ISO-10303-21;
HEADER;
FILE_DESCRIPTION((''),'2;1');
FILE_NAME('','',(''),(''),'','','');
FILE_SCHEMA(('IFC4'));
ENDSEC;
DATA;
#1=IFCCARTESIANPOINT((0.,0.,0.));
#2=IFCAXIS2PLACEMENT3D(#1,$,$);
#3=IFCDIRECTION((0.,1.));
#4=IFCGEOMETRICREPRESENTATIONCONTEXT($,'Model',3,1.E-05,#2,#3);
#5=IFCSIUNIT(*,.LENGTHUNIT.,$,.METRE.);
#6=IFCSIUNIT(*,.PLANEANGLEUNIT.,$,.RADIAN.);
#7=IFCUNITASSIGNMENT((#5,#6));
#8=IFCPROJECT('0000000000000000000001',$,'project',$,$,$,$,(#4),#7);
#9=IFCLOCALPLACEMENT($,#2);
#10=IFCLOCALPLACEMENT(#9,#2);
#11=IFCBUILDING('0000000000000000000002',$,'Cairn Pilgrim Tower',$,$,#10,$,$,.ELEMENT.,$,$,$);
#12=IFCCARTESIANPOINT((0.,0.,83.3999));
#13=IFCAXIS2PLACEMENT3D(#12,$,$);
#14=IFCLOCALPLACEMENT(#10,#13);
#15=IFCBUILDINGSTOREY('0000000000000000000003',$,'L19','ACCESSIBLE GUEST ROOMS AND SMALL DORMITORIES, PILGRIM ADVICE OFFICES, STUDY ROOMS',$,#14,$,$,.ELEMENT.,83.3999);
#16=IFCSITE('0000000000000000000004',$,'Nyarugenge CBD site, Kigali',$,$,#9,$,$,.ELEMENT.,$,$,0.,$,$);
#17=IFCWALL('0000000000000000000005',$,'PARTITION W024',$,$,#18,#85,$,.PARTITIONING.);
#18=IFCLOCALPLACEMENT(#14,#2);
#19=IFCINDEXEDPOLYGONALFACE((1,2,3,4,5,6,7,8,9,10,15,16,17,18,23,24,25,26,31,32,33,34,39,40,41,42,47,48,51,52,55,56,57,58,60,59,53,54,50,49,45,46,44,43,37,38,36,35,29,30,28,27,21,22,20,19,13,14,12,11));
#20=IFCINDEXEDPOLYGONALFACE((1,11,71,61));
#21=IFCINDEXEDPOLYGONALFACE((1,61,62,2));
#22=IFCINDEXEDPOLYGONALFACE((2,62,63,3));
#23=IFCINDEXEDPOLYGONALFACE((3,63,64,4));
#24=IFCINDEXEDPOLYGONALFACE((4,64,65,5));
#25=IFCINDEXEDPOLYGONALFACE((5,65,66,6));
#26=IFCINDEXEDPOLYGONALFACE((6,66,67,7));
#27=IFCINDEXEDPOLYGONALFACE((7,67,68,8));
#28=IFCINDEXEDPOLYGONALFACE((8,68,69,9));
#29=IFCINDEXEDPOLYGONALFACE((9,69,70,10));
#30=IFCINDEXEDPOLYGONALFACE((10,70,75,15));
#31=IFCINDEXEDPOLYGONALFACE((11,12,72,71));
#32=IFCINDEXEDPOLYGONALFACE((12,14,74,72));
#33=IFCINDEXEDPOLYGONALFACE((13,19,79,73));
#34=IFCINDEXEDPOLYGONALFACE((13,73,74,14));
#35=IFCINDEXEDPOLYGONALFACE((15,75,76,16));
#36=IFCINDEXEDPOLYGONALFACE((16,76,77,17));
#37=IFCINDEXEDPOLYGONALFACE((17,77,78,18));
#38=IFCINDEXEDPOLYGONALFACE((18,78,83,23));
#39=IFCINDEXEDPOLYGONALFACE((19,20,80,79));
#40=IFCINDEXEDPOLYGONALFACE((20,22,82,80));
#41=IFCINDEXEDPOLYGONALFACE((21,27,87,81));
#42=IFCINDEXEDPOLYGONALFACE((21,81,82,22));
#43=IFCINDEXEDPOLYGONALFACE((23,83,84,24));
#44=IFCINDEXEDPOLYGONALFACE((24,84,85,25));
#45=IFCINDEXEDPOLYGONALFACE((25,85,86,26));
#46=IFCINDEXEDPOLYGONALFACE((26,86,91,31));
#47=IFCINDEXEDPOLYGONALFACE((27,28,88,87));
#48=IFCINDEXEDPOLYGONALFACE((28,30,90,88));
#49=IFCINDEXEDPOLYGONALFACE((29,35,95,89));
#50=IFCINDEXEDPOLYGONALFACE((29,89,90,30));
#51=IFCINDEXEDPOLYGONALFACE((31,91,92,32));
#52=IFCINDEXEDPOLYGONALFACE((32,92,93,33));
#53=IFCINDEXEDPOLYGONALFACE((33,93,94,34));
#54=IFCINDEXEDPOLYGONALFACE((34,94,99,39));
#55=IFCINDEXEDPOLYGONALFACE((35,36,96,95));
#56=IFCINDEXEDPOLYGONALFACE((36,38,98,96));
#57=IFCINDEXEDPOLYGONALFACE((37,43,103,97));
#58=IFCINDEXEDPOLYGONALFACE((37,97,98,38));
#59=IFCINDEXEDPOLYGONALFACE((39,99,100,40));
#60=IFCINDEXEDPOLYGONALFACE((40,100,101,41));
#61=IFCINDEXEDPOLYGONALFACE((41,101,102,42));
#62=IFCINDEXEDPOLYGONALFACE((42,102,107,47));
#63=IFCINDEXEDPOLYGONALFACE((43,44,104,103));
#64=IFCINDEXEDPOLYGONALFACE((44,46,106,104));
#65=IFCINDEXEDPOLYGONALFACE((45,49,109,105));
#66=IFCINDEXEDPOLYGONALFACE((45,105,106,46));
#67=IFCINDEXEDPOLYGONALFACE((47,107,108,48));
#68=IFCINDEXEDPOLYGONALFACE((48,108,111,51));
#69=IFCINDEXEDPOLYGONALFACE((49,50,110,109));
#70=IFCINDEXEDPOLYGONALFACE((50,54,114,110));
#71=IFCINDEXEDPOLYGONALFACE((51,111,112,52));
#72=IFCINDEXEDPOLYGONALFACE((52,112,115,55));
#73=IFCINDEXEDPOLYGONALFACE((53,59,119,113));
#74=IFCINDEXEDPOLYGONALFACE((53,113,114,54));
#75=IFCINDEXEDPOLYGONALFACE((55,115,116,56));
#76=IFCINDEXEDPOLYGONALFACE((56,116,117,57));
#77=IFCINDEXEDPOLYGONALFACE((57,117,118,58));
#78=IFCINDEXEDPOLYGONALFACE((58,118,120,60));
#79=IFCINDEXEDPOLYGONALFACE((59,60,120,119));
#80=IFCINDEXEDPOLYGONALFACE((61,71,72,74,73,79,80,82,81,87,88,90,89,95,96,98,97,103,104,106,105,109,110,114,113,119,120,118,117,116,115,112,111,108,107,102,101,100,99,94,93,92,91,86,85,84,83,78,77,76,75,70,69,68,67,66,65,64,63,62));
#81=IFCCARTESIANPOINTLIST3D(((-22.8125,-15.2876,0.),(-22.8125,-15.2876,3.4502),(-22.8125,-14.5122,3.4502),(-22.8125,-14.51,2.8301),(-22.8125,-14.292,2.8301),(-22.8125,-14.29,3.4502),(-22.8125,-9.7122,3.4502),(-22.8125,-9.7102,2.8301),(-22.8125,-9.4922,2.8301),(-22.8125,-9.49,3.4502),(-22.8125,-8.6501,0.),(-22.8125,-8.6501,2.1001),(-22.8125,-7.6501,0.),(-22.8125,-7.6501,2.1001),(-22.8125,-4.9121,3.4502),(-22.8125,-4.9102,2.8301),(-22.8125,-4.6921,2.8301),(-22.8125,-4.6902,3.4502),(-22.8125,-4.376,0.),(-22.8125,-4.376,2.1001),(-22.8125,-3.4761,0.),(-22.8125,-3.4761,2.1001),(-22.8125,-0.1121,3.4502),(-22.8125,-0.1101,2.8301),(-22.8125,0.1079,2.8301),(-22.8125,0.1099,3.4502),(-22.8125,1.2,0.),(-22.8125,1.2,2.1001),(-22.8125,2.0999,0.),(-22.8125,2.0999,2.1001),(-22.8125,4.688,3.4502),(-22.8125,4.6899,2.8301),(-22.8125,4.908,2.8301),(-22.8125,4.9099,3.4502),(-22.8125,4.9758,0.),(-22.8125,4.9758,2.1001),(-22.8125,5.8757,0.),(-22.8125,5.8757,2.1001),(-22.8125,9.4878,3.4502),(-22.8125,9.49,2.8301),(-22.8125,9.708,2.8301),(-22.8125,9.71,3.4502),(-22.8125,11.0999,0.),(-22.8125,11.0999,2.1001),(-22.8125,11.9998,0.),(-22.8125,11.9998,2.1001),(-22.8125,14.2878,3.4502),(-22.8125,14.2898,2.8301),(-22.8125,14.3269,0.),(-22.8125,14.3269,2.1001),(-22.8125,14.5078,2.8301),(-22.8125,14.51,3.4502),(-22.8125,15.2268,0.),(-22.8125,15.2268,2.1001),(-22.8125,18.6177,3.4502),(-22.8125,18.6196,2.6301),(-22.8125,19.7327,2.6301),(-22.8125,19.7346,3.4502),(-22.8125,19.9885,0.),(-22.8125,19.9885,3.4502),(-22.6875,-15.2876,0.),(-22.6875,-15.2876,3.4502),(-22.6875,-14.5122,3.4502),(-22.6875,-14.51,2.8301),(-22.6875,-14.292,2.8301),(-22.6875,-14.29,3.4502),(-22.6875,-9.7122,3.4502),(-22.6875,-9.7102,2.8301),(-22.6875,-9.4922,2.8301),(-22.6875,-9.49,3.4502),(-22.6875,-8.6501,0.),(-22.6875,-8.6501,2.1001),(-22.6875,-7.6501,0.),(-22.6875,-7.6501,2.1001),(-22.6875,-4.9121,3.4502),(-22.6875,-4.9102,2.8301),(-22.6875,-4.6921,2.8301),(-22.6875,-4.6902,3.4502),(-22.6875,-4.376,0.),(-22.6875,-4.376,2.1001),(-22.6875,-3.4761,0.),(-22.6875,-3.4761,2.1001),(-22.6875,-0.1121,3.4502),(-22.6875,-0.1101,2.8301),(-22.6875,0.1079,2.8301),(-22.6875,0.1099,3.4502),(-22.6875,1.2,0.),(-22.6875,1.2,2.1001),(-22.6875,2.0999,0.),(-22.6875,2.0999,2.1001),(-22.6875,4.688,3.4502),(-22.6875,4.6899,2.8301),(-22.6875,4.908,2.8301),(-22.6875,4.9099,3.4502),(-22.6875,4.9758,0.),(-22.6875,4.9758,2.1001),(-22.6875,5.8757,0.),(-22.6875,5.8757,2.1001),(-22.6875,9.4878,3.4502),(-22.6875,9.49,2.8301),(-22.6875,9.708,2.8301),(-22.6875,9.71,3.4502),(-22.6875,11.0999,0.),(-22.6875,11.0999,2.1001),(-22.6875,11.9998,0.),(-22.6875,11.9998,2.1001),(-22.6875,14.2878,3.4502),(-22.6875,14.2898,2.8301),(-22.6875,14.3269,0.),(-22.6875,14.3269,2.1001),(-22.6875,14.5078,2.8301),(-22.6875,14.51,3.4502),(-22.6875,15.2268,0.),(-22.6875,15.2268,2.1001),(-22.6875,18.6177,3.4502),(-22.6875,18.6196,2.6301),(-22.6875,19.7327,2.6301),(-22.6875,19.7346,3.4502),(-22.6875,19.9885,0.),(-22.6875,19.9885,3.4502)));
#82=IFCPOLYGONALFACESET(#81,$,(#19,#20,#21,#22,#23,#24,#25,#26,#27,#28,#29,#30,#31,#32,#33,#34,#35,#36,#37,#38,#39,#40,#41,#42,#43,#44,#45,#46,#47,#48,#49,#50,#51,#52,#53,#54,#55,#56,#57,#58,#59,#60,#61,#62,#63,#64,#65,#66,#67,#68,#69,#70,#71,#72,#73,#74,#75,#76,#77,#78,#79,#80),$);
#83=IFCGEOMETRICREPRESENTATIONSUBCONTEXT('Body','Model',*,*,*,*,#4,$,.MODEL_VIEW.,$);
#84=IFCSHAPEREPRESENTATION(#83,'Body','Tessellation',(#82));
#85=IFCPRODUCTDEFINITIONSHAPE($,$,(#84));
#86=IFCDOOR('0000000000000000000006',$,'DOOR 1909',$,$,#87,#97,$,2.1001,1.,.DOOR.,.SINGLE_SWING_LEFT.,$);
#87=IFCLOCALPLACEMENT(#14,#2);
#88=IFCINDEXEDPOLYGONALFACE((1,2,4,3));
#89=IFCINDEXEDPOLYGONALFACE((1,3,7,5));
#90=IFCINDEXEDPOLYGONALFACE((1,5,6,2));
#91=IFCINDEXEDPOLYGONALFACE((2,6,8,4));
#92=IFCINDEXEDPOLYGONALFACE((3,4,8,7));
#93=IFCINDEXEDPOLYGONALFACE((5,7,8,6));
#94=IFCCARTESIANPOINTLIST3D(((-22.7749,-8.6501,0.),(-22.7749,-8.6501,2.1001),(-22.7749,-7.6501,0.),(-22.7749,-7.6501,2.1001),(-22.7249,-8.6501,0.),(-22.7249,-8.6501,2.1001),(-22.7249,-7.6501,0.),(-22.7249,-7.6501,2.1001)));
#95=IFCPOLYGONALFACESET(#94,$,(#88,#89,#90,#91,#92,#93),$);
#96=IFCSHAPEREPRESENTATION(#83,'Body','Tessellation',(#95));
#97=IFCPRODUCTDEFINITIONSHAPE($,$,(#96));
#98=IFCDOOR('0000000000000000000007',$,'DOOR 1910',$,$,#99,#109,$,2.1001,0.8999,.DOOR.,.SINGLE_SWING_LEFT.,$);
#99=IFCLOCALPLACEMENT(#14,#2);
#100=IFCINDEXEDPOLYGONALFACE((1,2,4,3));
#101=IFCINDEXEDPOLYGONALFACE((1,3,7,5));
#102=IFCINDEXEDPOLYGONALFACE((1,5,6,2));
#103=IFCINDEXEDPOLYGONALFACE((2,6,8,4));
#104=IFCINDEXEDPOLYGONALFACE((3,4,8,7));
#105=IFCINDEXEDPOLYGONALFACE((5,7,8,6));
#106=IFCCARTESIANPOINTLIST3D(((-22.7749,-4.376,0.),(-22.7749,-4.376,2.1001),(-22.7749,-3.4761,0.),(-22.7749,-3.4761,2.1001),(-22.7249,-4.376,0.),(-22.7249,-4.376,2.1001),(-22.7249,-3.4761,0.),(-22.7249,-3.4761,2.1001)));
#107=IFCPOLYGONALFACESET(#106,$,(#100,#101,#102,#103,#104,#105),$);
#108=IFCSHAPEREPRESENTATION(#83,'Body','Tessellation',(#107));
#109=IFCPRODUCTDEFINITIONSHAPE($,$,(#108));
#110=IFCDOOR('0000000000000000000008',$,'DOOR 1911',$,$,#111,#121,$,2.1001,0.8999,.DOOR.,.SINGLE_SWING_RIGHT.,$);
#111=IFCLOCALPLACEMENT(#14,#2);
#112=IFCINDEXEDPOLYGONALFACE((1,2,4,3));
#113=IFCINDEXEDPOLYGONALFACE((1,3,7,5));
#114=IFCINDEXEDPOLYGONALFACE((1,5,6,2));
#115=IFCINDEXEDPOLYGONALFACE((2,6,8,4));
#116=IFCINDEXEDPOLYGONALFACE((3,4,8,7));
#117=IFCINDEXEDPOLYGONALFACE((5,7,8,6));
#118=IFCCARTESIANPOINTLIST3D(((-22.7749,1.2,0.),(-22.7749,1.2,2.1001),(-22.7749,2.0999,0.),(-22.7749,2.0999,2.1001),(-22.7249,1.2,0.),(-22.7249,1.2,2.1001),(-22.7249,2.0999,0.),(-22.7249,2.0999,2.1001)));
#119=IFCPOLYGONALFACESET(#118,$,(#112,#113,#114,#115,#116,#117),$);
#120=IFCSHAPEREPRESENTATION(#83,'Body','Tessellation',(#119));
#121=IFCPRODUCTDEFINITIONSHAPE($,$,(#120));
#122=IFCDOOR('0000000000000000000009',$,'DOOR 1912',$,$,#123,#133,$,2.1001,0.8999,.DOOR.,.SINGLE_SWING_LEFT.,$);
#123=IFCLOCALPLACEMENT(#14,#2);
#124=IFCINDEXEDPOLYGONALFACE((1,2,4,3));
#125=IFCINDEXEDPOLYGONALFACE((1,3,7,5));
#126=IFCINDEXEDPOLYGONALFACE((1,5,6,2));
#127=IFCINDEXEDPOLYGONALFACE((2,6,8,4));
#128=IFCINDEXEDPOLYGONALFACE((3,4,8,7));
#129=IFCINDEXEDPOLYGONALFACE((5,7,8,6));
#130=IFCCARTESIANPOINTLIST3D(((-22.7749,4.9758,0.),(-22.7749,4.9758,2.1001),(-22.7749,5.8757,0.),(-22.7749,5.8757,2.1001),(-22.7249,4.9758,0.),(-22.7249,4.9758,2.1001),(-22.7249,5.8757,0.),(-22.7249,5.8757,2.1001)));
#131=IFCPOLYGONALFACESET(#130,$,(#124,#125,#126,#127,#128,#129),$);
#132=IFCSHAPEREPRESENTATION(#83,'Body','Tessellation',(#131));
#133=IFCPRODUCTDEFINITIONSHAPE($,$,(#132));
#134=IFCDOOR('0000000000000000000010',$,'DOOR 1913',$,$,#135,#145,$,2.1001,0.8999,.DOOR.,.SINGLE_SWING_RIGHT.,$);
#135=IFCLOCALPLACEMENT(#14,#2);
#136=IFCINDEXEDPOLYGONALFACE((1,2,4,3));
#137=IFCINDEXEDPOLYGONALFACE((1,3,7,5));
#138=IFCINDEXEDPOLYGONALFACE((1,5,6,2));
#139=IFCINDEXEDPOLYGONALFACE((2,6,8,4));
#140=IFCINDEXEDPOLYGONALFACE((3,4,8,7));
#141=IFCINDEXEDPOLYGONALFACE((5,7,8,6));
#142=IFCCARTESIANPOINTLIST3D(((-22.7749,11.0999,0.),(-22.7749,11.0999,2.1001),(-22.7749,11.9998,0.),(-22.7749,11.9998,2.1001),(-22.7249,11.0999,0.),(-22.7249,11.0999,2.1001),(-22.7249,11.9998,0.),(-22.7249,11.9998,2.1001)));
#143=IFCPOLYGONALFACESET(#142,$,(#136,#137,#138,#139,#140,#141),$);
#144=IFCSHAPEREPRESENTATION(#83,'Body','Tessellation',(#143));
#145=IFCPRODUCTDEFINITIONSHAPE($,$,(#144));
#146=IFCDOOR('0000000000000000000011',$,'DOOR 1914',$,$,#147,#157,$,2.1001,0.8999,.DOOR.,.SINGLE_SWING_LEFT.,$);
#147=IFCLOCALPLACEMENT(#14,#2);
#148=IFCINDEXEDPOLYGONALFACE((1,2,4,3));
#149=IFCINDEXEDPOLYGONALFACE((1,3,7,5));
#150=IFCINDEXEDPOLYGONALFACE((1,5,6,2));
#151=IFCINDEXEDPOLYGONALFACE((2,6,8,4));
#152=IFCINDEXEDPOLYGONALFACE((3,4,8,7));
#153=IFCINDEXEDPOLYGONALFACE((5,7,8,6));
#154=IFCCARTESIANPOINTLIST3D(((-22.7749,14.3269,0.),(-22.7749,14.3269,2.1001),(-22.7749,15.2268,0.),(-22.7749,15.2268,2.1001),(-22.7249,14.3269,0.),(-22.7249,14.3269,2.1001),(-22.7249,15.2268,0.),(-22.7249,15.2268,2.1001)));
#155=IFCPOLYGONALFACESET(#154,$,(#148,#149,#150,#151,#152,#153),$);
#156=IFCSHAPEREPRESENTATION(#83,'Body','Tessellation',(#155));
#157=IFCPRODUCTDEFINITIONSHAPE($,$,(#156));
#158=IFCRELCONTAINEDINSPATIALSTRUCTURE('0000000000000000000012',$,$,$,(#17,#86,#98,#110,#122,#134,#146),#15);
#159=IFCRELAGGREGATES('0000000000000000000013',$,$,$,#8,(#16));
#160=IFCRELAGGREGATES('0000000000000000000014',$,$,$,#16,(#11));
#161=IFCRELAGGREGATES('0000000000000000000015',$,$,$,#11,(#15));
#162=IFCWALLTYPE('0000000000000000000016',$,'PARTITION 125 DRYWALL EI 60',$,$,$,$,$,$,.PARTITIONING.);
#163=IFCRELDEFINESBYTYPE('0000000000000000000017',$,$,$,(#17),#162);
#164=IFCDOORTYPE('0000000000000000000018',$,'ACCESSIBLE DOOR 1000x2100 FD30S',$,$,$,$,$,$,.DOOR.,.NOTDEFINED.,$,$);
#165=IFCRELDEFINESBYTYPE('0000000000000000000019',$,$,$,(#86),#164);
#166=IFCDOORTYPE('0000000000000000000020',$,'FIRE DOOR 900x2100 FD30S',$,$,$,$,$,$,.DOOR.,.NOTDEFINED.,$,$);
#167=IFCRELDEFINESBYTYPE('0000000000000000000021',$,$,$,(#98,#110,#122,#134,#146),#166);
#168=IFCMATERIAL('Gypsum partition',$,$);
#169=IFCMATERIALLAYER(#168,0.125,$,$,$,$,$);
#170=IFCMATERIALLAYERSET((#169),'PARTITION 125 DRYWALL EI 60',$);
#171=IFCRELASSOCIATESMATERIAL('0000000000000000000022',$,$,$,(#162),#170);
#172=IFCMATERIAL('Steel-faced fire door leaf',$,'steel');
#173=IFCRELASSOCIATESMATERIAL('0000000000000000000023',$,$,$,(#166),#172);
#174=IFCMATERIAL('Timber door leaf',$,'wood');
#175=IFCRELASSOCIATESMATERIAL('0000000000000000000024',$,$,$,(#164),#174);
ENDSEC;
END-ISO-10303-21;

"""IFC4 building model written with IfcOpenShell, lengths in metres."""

from ifc_helpers import new_model, si_unit, direction, frame, frame_2d, origin, place, context, subcontext, project, spatial, polyline, rectangle, outline, extrude, material, layer, layer_set, type_object, element, fill, save


model = new_model("IFC4")

# Units and contexts
model_context = context("Model", 3, precision=1e-05, world=origin(), true_north=direction((0.0, 1.0)))
body_context = subcontext(model_context, "Body", "Model", "MODEL_VIEW")
ifc_project = project(units=[si_unit("LENGTHUNIT", "METRE"), si_unit("PLANEANGLEUNIT", "RADIAN")], contexts=[model_context])

# Site, building, storey
site_placement = place(None, origin())
site = spatial("IfcSite", under=ifc_project, at=site_placement, Name="Nyarugenge CBD site, Kigali", CompositionType="ELEMENT", RefElevation=0.0)
building_placement = place(site_placement, origin())
building = spatial("IfcBuilding", under=site, at=building_placement, Name="Cairn Pilgrim Tower", CompositionType="ELEMENT")
storey_placement = place(building_placement, frame((0.0, 0.0, 83.3999)))
storey = spatial("IfcBuildingStorey", under=building, at=storey_placement, Name="L19", Description="ACCESSIBLE GUEST ROOMS AND SMALL DORMITORIES, PILGRIM ADVICE OFFICES, STUDY ROOMS", CompositionType="ELEMENT", Elevation=83.3999)

# Wall, openings, doors
ifc_material_1 = material(Name="Gypsum partition")
ifc_layer = layer(ifc_material_1, 0.125)
ifc_layer_set = layer_set([ifc_layer], Name="PARTITION 125 DRYWALL EI 60")
wall_type = type_object("IfcWallType", Name="PARTITION 125 DRYWALL EI 60", PredefinedType="PARTITIONING", material=ifc_layer_set)
ifc_material_2 = material(Name="Steel-faced fire door leaf", Category="steel")
door_type_1 = type_object("IfcDoorType", Name="FIRE DOOR 900x2100 FD30S", OperationType="NOTDEFINED", PredefinedType="DOOR", material=ifc_material_2)
wall_1_placement = place(storey_placement, frame((-22.75, -15.2876, 0.0), z_axis=(0.0, 0.0, 1.0), x_axis=(0.0, 1.0, 0.0)))
wall_1 = element("IfcWall", 1, at=wall_1_placement, inside=storey, type_object=wall_type, Name="PARTITION W024", PredefinedType="PARTITIONING", context=body_context, shape_type="SweptSolid", body=[
    extrude(outline(polyline([(0.0, 0.0), (35.2761, 0.0), (35.2761, 3.4502), (35.0222, 3.4502), (35.0203, 2.6301), (33.9072, 2.6301), (33.9053, 3.4502), (29.7976, 3.4502), (29.7954, 2.8301), (29.5774, 2.8301), (29.5754, 3.4502), (24.9976, 3.4502), (24.9956, 2.8301), (24.7776, 2.8301), (24.7754, 3.4502), (20.1975, 3.4502), (20.1956, 2.8301), (19.9775, 2.8301), (19.9756, 3.4502), (15.3975, 3.4502), (15.3955, 2.8301), (15.1775, 2.8301), (15.1755, 3.4502), (10.5974, 3.4502), (10.5955, 2.8301), (10.3774, 2.8301), (10.3755, 3.4502), (5.7976, 3.4502), (5.7954, 2.8301), (5.5774, 2.8301), (5.5754, 3.4502), (0.9976, 3.4502), (0.9956, 2.8301), (0.7776, 2.8301), (0.7754, 3.4502), (0.0, 3.4502), (0.0, 0.0)])), frame((0.0, 0.0625, 0.0), z_axis=(0.0, -1.0, 0.0), x_axis=(1.0, 0.0, 0.0)), (0.0, 0.0, 1.0), 0.125),
])
opening_1_placement = place(wall_1_placement, frame((6.6375, 0.0, 0.0)))
opening_1 = element("IfcOpeningElement", 2, at=opening_1_placement, cuts=wall_1, PredefinedType="OPENING", context=body_context, shape_type="SweptSolid", body=[
    extrude(rectangle(XDim=1.0, YDim=2.1001, at=frame_2d((0.5, 1.05))), frame((0.0, 0.0725, 0.0), z_axis=(0.0, -1.0, 0.0), x_axis=(1.0, 0.0, 0.0)), (0.0, 0.0, 1.0), 0.145),
])
opening_2_placement = place(wall_1_placement, frame((10.9116, 0.0, 0.0)))
opening_2 = element("IfcOpeningElement", 3, at=opening_2_placement, cuts=wall_1, PredefinedType="OPENING", context=body_context, shape_type="SweptSolid", body=[
    extrude(rectangle(XDim=0.8999, YDim=2.1001, at=frame_2d((0.45, 1.05))), frame((0.0, 0.0725, 0.0), z_axis=(0.0, -1.0, 0.0), x_axis=(1.0, 0.0, 0.0)), (0.0, 0.0, 1.0), 0.145),
])
opening_3_placement = place(wall_1_placement, frame((16.4875, 0.0, 0.0)))
opening_3 = element("IfcOpeningElement", 4, at=opening_3_placement, cuts=wall_1, PredefinedType="OPENING", context=body_context, shape_type="SweptSolid", body=[
    extrude(rectangle(XDim=0.8999, YDim=2.1001, at=frame_2d((0.45, 1.05))), frame((0.0, 0.0725, 0.0), z_axis=(0.0, -1.0, 0.0), x_axis=(1.0, 0.0, 0.0)), (0.0, 0.0, 1.0), 0.145),
])
opening_4_placement = place(wall_1_placement, frame((20.2634, 0.0, 0.0)))
opening_4 = element("IfcOpeningElement", 5, at=opening_4_placement, cuts=wall_1, PredefinedType="OPENING", context=body_context, shape_type="SweptSolid", body=[
    extrude(rectangle(XDim=0.8999, YDim=2.1001, at=frame_2d((0.45, 1.05))), frame((0.0, 0.0725, 0.0), z_axis=(0.0, -1.0, 0.0), x_axis=(1.0, 0.0, 0.0)), (0.0, 0.0, 1.0), 0.145),
])
opening_5_placement = place(wall_1_placement, frame((26.3875, 0.0, 0.0)))
opening_5 = element("IfcOpeningElement", 6, at=opening_5_placement, cuts=wall_1, PredefinedType="OPENING", context=body_context, shape_type="SweptSolid", body=[
    extrude(rectangle(XDim=0.8999, YDim=2.1001, at=frame_2d((0.45, 1.05))), frame((0.0, 0.0725, 0.0), z_axis=(0.0, -1.0, 0.0), x_axis=(1.0, 0.0, 0.0)), (0.0, 0.0, 1.0), 0.145),
])
opening_6_placement = place(wall_1_placement, frame((29.6145, 0.0, 0.0)))
opening_6 = element("IfcOpeningElement", 7, at=opening_6_placement, cuts=wall_1, PredefinedType="OPENING", context=body_context, shape_type="SweptSolid", body=[
    extrude(rectangle(XDim=0.8999, YDim=2.1001, at=frame_2d((0.45, 1.05))), frame((0.0, 0.0725, 0.0), z_axis=(0.0, -1.0, 0.0), x_axis=(1.0, 0.0, 0.0)), (0.0, 0.0, 1.0), 0.145),
])
ifc_material_3 = material(Name="Timber door leaf", Category="wood")
door_type_2 = type_object("IfcDoorType", Name="ACCESSIBLE DOOR 1000x2100 FD30S", OperationType="NOTDEFINED", PredefinedType="DOOR", material=ifc_material_3)
door_1_placement = place(opening_1_placement, origin())
door_1 = element("IfcDoor", 8, at=door_1_placement, inside=storey, type_object=door_type_2, Name="DOOR 1909", OperationType="SINGLE_SWING_LEFT", OverallHeight=2.1001, OverallWidth=1.0, PredefinedType="DOOR", context=body_context, shape_type="SweptSolid", body=[
    extrude(rectangle(XDim=1.0, YDim=2.1001, at=frame_2d((0.5, 1.05))), frame((0.0, 0.0249, 0.0), z_axis=(0.0, -1.0, 0.0), x_axis=(1.0, 0.0, 0.0)), (0.0, 0.0, 1.0), 0.05),
])
fill(opening_1, door_1)
door_2_placement = place(opening_2_placement, origin())
door_2 = element("IfcDoor", 9, at=door_2_placement, inside=storey, type_object=door_type_1, Name="DOOR 1910", OperationType="SINGLE_SWING_LEFT", OverallHeight=2.1001, OverallWidth=0.8999, PredefinedType="DOOR", context=body_context, shape_type="SweptSolid", body=[
    extrude(rectangle(XDim=0.8999, YDim=2.1001, at=frame_2d((0.45, 1.05))), frame((0.0, 0.0249, 0.0), z_axis=(0.0, -1.0, 0.0), x_axis=(1.0, 0.0, 0.0)), (0.0, 0.0, 1.0), 0.05),
])
fill(opening_2, door_2)
door_3_placement = place(opening_3_placement, origin())
door_3 = element("IfcDoor", 10, at=door_3_placement, inside=storey, type_object=door_type_1, Name="DOOR 1911", OperationType="SINGLE_SWING_RIGHT", OverallHeight=2.1001, OverallWidth=0.8999, PredefinedType="DOOR", context=body_context, shape_type="SweptSolid", body=[
    extrude(rectangle(XDim=0.8999, YDim=2.1001, at=frame_2d((0.45, 1.05))), frame((0.0, 0.0249, 0.0), z_axis=(0.0, -1.0, 0.0), x_axis=(1.0, 0.0, 0.0)), (0.0, 0.0, 1.0), 0.05),
])
fill(opening_3, door_3)
door_4_placement = place(opening_4_placement, origin())
door_4 = element("IfcDoor", 11, at=door_4_placement, inside=storey, type_object=door_type_1, Name="DOOR 1912", OperationType="SINGLE_SWING_LEFT", OverallHeight=2.1001, OverallWidth=0.8999, PredefinedType="DOOR", context=body_context, shape_type="SweptSolid", body=[
    extrude(rectangle(XDim=0.8999, YDim=2.1001, at=frame_2d((0.45, 1.05))), frame((0.0, 0.0249, 0.0), z_axis=(0.0, -1.0, 0.0), x_axis=(1.0, 0.0, 0.0)), (0.0, 0.0, 1.0), 0.05),
])
fill(opening_4, door_4)
door_5_placement = place(opening_5_placement, origin())
door_5 = element("IfcDoor", 12, at=door_5_placement, inside=storey, type_object=door_type_1, Name="DOOR 1913", OperationType="SINGLE_SWING_RIGHT", OverallHeight=2.1001, OverallWidth=0.8999, PredefinedType="DOOR", context=body_context, shape_type="SweptSolid", body=[
    extrude(rectangle(XDim=0.8999, YDim=2.1001, at=frame_2d((0.45, 1.05))), frame((0.0, 0.0249, 0.0), z_axis=(0.0, -1.0, 0.0), x_axis=(1.0, 0.0, 0.0)), (0.0, 0.0, 1.0), 0.05),
])
fill(opening_5, door_5)
door_6_placement = place(opening_6_placement, origin())
door_6 = element("IfcDoor", 13, at=door_6_placement, inside=storey, type_object=door_type_1, Name="DOOR 1914", OperationType="SINGLE_SWING_LEFT", OverallHeight=2.1001, OverallWidth=0.8999, PredefinedType="DOOR", context=body_context, shape_type="SweptSolid", body=[
    extrude(rectangle(XDim=0.8999, YDim=2.1001, at=frame_2d((0.45, 1.05))), frame((0.0, 0.0249, 0.0), z_axis=(0.0, -1.0, 0.0), x_axis=(1.0, 0.0, 0.0)), (0.0, 0.0, 1.0), 0.05),
])
fill(opening_6, door_6)

save(model, "model.ifc")
